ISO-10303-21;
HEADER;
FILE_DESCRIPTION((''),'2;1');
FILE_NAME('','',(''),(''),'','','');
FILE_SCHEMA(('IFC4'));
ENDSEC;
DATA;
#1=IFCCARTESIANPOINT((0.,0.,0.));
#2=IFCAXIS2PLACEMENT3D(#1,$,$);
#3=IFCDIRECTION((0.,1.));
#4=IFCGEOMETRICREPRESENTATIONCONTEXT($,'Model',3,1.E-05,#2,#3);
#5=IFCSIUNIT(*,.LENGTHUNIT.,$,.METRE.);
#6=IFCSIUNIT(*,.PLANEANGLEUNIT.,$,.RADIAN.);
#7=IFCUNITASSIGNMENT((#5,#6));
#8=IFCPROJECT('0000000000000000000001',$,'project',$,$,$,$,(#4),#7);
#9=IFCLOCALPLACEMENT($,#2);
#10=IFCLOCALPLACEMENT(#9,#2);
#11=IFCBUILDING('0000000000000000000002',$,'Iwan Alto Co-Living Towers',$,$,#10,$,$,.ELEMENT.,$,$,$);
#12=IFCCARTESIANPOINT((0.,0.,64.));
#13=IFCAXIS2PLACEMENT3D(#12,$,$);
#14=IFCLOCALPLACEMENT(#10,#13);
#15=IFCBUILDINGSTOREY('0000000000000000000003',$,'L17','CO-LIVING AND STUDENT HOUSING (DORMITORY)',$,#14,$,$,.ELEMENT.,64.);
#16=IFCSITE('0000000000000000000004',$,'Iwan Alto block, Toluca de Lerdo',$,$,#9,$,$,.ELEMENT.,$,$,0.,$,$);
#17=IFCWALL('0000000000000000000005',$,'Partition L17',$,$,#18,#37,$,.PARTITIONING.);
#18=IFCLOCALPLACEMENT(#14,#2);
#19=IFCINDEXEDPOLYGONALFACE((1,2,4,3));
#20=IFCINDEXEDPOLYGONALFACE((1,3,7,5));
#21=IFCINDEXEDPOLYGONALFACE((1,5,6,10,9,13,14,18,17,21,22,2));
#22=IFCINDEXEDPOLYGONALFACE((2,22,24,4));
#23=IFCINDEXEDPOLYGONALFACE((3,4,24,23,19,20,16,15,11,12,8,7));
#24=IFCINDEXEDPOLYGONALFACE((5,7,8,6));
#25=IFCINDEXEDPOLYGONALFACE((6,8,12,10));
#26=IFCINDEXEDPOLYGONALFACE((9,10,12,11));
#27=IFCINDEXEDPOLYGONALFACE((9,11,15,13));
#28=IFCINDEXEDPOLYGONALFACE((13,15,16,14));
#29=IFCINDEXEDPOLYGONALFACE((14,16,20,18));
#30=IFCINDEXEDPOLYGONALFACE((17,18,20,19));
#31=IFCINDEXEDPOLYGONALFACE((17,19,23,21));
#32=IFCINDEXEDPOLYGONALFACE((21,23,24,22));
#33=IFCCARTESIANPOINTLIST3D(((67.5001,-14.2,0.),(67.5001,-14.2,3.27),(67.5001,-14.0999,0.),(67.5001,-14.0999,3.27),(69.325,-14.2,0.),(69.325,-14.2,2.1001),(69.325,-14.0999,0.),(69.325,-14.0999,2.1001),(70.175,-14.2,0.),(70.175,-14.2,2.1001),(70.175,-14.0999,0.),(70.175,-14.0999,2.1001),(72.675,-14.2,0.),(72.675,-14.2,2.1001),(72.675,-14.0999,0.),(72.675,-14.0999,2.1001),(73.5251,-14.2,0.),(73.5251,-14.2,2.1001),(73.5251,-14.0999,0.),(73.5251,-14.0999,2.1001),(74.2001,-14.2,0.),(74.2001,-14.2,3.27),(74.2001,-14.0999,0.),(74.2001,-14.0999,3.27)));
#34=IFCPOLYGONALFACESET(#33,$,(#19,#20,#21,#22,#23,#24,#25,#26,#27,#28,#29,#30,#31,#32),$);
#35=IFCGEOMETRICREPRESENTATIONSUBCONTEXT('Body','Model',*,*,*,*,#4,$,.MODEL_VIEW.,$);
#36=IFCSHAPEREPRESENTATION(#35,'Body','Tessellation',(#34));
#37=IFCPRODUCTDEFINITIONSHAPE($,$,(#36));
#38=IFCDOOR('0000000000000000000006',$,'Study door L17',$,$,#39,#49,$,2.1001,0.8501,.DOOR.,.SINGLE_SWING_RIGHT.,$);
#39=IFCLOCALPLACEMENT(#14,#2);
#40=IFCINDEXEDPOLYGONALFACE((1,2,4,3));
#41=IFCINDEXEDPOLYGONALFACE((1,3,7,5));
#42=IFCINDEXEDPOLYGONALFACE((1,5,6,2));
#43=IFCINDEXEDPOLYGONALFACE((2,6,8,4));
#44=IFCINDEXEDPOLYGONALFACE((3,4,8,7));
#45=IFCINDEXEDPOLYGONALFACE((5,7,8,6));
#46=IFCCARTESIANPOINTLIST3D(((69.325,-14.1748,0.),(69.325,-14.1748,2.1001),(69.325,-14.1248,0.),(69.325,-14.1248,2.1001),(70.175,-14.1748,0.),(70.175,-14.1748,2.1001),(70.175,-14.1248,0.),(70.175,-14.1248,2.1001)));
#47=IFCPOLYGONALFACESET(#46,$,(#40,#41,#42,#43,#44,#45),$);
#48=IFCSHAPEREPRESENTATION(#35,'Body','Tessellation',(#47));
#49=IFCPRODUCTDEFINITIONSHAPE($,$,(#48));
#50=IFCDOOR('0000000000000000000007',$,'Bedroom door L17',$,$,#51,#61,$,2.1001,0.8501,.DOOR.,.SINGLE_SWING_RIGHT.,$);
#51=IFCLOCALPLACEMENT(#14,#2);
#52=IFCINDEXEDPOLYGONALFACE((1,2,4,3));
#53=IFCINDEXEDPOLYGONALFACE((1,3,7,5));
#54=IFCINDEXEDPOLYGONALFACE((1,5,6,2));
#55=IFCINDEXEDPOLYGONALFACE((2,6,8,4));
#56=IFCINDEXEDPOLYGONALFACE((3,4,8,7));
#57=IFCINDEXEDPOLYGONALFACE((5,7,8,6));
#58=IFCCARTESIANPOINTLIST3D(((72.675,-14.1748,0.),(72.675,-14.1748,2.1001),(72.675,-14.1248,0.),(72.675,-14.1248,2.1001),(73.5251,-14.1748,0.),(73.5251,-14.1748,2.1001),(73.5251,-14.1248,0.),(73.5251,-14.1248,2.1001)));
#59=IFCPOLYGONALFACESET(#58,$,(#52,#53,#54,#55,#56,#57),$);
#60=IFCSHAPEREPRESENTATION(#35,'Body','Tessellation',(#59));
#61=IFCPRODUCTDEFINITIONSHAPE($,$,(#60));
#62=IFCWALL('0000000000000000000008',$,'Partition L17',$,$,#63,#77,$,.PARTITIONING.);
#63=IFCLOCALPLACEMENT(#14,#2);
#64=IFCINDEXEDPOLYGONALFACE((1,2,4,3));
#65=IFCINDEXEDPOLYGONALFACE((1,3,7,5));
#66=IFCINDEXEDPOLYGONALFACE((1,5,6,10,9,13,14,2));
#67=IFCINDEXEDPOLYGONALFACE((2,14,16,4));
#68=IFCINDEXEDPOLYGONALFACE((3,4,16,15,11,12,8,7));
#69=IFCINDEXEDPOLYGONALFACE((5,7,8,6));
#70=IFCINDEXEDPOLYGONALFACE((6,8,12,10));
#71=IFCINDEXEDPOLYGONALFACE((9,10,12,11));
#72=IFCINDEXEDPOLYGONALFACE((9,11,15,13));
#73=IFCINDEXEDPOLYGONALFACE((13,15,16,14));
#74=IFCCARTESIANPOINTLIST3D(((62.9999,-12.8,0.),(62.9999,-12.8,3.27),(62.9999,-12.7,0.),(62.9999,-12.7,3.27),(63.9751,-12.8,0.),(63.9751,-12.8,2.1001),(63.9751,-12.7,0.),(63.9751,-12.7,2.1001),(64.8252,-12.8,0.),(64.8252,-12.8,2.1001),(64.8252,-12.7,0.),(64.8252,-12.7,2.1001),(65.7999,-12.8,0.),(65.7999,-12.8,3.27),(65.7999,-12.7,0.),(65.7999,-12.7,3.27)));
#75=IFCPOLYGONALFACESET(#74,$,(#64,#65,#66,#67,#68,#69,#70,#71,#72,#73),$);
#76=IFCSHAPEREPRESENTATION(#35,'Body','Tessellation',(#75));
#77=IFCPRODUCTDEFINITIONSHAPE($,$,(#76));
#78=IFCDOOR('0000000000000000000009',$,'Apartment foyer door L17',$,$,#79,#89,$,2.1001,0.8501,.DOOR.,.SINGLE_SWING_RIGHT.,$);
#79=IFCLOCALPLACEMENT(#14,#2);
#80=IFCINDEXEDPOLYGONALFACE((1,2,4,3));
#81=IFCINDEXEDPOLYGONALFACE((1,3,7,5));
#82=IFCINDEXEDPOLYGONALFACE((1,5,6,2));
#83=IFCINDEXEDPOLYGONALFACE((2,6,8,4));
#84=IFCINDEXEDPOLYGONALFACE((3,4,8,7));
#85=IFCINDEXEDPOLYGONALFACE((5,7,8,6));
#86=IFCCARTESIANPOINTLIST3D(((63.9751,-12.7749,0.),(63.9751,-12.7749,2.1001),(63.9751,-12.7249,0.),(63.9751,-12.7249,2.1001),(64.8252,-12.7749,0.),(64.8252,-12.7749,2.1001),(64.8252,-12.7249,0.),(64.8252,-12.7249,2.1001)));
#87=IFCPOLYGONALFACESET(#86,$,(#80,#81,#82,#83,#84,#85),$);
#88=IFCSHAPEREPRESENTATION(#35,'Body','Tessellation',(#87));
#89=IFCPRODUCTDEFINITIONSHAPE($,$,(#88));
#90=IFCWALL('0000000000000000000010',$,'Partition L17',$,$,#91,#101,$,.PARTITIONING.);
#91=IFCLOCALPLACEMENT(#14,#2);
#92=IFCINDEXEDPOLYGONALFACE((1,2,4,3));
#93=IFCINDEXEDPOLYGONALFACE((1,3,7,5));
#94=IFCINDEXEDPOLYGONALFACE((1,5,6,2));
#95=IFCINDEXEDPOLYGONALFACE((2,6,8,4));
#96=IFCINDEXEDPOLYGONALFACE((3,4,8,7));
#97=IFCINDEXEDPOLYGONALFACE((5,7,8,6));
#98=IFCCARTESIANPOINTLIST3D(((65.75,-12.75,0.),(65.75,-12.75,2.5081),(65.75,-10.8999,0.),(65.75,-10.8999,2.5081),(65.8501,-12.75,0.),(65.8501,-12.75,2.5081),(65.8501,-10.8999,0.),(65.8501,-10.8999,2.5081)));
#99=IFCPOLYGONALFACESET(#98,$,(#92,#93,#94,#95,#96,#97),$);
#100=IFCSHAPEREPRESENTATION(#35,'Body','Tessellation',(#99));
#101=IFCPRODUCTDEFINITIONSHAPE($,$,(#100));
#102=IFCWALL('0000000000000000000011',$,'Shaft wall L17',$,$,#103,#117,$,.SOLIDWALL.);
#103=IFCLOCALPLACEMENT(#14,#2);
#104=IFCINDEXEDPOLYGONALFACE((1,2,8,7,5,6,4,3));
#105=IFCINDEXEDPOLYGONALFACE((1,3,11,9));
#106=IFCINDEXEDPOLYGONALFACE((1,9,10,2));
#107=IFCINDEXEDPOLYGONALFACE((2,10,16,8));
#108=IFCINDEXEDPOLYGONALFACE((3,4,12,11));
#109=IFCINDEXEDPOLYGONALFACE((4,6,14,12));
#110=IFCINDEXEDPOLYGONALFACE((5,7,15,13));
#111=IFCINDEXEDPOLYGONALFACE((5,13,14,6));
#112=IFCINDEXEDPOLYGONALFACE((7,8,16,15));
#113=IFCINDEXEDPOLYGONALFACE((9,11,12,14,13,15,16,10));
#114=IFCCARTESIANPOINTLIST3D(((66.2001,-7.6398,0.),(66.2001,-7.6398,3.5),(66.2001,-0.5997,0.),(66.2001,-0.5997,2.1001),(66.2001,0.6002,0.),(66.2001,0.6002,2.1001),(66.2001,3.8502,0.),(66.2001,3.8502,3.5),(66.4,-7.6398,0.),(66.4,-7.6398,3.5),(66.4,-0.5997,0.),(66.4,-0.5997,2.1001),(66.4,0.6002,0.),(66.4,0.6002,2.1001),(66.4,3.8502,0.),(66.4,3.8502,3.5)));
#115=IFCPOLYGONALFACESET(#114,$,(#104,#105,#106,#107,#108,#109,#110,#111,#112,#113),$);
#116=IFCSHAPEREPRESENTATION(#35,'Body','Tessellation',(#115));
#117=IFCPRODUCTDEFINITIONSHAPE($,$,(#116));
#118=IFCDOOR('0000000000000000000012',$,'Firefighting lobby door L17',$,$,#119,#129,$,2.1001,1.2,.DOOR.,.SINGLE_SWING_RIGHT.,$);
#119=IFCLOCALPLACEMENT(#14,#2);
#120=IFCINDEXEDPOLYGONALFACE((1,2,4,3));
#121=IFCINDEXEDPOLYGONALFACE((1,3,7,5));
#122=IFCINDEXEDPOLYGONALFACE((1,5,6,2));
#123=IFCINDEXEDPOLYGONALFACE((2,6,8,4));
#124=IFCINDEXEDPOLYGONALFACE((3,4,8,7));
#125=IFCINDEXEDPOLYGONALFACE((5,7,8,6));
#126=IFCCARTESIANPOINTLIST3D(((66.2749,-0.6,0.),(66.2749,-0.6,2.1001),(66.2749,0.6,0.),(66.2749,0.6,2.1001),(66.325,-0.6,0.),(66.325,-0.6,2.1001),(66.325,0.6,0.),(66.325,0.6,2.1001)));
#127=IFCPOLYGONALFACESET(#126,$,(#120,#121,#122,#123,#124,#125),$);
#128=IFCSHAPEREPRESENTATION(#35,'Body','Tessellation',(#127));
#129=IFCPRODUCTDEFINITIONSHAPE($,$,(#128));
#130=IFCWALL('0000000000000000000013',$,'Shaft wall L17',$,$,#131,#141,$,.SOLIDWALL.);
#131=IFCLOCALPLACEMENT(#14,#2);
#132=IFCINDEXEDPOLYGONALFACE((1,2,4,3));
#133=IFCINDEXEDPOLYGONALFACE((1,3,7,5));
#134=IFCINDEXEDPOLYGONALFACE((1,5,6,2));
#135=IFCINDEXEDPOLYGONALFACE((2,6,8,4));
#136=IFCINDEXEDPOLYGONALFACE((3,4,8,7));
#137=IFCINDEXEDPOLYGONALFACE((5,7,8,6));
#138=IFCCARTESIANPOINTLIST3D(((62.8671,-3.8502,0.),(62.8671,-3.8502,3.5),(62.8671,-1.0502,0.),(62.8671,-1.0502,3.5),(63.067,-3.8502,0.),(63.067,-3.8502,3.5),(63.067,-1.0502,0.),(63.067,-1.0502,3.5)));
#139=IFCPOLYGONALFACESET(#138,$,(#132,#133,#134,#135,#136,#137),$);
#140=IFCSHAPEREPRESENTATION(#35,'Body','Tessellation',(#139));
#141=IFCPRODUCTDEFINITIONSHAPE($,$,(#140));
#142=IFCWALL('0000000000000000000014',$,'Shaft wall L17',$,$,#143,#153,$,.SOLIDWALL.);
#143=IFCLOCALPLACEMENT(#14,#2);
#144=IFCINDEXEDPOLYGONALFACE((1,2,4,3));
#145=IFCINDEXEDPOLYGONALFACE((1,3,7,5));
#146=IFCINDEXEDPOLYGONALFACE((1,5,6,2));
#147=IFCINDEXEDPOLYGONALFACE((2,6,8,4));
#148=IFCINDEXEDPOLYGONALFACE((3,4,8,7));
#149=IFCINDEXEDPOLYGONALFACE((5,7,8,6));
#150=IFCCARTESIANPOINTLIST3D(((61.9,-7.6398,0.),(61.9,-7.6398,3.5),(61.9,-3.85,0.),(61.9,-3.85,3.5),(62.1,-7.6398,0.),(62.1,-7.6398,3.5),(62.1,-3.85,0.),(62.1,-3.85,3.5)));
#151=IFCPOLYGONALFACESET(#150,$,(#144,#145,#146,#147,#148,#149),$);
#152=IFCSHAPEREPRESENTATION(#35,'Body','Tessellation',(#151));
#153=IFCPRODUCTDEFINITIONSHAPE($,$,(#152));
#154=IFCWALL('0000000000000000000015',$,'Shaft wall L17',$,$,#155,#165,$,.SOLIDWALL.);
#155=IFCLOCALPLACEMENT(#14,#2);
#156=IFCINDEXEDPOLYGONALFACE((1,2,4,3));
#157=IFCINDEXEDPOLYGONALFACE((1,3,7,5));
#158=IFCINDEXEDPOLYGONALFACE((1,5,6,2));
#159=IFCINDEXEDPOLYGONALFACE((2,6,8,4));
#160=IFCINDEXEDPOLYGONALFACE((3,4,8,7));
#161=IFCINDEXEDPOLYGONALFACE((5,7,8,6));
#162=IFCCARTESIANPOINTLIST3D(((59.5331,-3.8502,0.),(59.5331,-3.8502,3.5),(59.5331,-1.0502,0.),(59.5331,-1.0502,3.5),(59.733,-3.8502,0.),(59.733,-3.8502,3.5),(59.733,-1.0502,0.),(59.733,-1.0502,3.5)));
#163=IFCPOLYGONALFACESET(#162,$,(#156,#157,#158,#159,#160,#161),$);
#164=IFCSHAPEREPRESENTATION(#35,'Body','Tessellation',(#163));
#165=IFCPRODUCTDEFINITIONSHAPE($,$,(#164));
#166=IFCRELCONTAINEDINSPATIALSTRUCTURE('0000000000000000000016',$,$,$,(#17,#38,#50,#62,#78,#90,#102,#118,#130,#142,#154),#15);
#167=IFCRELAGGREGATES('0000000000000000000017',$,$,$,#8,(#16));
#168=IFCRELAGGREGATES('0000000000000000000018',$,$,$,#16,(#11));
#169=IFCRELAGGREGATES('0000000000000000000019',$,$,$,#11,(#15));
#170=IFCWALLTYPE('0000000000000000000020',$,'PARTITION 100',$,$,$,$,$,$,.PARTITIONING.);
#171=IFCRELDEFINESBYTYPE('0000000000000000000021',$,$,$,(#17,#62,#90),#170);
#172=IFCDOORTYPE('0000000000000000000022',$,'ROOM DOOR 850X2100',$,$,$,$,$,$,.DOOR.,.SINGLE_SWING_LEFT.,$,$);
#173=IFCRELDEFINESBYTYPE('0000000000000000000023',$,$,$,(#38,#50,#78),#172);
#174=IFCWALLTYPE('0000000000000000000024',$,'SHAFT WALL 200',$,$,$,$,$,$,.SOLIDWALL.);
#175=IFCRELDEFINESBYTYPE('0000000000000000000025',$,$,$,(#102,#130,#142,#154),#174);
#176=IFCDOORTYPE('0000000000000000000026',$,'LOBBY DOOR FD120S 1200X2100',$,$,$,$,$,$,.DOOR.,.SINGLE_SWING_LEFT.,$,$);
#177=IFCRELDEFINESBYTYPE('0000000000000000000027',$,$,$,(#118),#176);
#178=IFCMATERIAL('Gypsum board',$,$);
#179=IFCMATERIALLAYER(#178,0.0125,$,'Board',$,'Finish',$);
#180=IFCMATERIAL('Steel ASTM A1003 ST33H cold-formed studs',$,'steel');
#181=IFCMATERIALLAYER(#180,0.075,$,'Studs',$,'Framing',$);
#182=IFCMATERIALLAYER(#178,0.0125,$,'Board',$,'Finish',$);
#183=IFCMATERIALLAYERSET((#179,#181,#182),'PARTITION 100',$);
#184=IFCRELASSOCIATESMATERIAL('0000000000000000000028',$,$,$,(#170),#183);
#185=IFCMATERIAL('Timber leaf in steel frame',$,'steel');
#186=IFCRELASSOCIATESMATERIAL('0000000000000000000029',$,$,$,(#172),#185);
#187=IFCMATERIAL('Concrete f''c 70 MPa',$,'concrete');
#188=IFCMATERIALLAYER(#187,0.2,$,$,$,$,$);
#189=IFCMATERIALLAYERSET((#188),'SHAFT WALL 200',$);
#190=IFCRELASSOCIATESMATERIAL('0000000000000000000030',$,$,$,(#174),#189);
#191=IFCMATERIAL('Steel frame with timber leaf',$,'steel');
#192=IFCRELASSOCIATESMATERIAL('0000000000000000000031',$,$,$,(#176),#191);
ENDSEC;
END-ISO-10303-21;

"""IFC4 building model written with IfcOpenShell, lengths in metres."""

from ifc_helpers import new_model, si_unit, direction, frame, frame_2d, origin, place, context, subcontext, project, spatial, rectangle, extrude, material, layer, layer_set, type_object, element, fill, save


model = new_model("IFC4")

# Units and contexts
model_context = context("Model", 3, precision=1e-05, world=origin(), true_north=direction((0.0, 1.0)))
body_context = subcontext(model_context, "Body", "Model", "MODEL_VIEW")
ifc_project = project(units=[si_unit("LENGTHUNIT", "METRE"), si_unit("PLANEANGLEUNIT", "RADIAN")], contexts=[model_context])

# Site, building, storey
site_placement = place(None, origin())
site = spatial("IfcSite", under=ifc_project, at=site_placement, Name="Iwan Alto block, Toluca de Lerdo", CompositionType="ELEMENT", RefElevation=0.0)
building_placement = place(site_placement, origin())
building = spatial("IfcBuilding", under=site, at=building_placement, Name="Iwan Alto Co-Living Towers", CompositionType="ELEMENT")
storey_placement = place(building_placement, frame((0.0, 0.0, 64.0)))
storey = spatial("IfcBuildingStorey", under=building, at=storey_placement, Name="L17", Description="CO-LIVING AND STUDENT HOUSING (DORMITORY)", CompositionType="ELEMENT", Elevation=64.0)

# Shared definitions
ifc_material_1 = material(Name="Gypsum board")
ifc_material_2 = material(Name="Steel ASTM A1003 ST33H cold-formed studs", Category="steel")

# Wall, openings, doors
ifc_layer_1 = layer(ifc_material_1, 0.0125, Name="Board", Category="Finish")
ifc_layer_2 = layer(ifc_material_2, 0.075, Name="Studs", Category="Framing")
ifc_layer_3 = layer(ifc_material_1, 0.0125, Name="Board", Category="Finish")
ifc_layer_set_1 = layer_set([ifc_layer_1, ifc_layer_2, ifc_layer_3], Name="PARTITION 100")
wall_type_1 = type_object("IfcWallType", Name="PARTITION 100", PredefinedType="PARTITIONING", material=ifc_layer_set_1)
wall_1_placement = place(storey_placement, frame((67.5, -14.1499, 0.0), z_axis=(0.0, 0.0, 1.0), x_axis=(1.0, 0.0, 0.0)))
wall_1 = element("IfcWall", 1, at=wall_1_placement, inside=storey, type_object=wall_type_1, Name="Partition L17", PredefinedType="PARTITIONING", context=body_context, shape_type="SweptSolid", body=[
    extrude(rectangle(XDim=6.7, YDim=0.1001, at=frame_2d((3.3501, 0.0))), origin(), (0.0, 0.0, 1.0), 3.27),
])
opening_1_placement = place(wall_1_placement, frame((1.825, 0.0, 0.0)))
opening_1 = element("IfcOpeningElement", 2, at=opening_1_placement, cuts=wall_1, PredefinedType="OPENING", context=body_context, shape_type="SweptSolid", body=[
    extrude(rectangle(XDim=0.8501, YDim=2.1001, at=frame_2d((0.425, 1.05))), frame((0.0, 0.0601, 0.0), z_axis=(0.0, -1.0, 0.0), x_axis=(1.0, 0.0, 0.0)), (0.0, 0.0, 1.0), 0.1201),
])
opening_2_placement = place(wall_1_placement, frame((5.175, 0.0, 0.0)))
opening_2 = element("IfcOpeningElement", 3, at=opening_2_placement, cuts=wall_1, PredefinedType="OPENING", context=body_context, shape_type="SweptSolid", body=[
    extrude(rectangle(XDim=0.8501, YDim=2.1001, at=frame_2d((0.425, 1.05))), frame((0.0, 0.0601, 0.0), z_axis=(0.0, -1.0, 0.0), x_axis=(1.0, 0.0, 0.0)), (0.0, 0.0, 1.0), 0.1201),
])
ifc_material_3 = material(Name="Timber leaf in steel frame", Category="steel")
door_type_1 = type_object("IfcDoorType", Name="ROOM DOOR 850X2100", OperationType="SINGLE_SWING_LEFT", PredefinedType="DOOR", material=ifc_material_3)
door_1_placement = place(opening_1_placement, frame((0.8501, 0.0, 0.0), z_axis=(0.0, 0.0, 1.0), x_axis=(-1.0, 0.0, 0.0)))
door_1 = element("IfcDoor", 4, at=door_1_placement, inside=storey, type_object=door_type_1, Name="Study door L17", OperationType="SINGLE_SWING_RIGHT", OverallHeight=2.1001, OverallWidth=0.8501, PredefinedType="DOOR", context=body_context, shape_type="SweptSolid", body=[
    extrude(rectangle(XDim=0.8501, YDim=2.1001, at=frame_2d((0.425, 1.05))), frame((0.0, 0.0249, 0.0), z_axis=(0.0, -1.0, 0.0), x_axis=(1.0, 0.0, 0.0)), (0.0, 0.0, 1.0), 0.05),
])
fill(opening_1, door_1)
door_2_placement = place(opening_2_placement, frame((0.8501, 0.0, 0.0), z_axis=(0.0, 0.0, 1.0), x_axis=(-1.0, 0.0, 0.0)))
door_2 = element("IfcDoor", 5, at=door_2_placement, inside=storey, type_object=door_type_1, Name="Bedroom door L17", OperationType="SINGLE_SWING_RIGHT", OverallHeight=2.1001, OverallWidth=0.8501, PredefinedType="DOOR", context=body_context, shape_type="SweptSolid", body=[
    extrude(rectangle(XDim=0.8501, YDim=2.1001, at=frame_2d((0.425, 1.05))), frame((0.0, 0.0249, 0.0), z_axis=(0.0, -1.0, 0.0), x_axis=(1.0, 0.0, 0.0)), (0.0, 0.0, 1.0), 0.05),
])
fill(opening_2, door_2)

# Wall, opening, door
wall_2_placement = place(storey_placement, frame((63.0, -12.75, 0.0), z_axis=(0.0, 0.0, 1.0), x_axis=(1.0, 0.0, 0.0)))
wall_2 = element("IfcWall", 6, at=wall_2_placement, inside=storey, type_object=wall_type_1, Name="Partition L17", PredefinedType="PARTITIONING", context=body_context, shape_type="SweptSolid", body=[
    extrude(rectangle(XDim=2.8, YDim=0.1001, at=frame_2d((1.3999, 0.0))), origin(), (0.0, 0.0, 1.0), 3.27),
])
opening_3_placement = place(wall_2_placement, frame((0.9751, 0.0, 0.0)))
opening_3 = element("IfcOpeningElement", 7, at=opening_3_placement, cuts=wall_2, PredefinedType="OPENING", context=body_context, shape_type="SweptSolid", body=[
    extrude(rectangle(XDim=0.8501, YDim=2.1001, at=frame_2d((0.425, 1.05))), frame((0.0, 0.0601, 0.0), z_axis=(0.0, -1.0, 0.0), x_axis=(1.0, 0.0, 0.0)), (0.0, 0.0, 1.0), 0.1201),
])
door_3_placement = place(opening_3_placement, frame((0.8501, 0.0, 0.0), z_axis=(0.0, 0.0, 1.0), x_axis=(-1.0, 0.0, 0.0)))
door_3 = element("IfcDoor", 8, at=door_3_placement, inside=storey, type_object=door_type_1, Name="Apartment foyer door L17", OperationType="SINGLE_SWING_RIGHT", OverallHeight=2.1001, OverallWidth=0.8501, PredefinedType="DOOR", context=body_context, shape_type="SweptSolid", body=[
    extrude(rectangle(XDim=0.8501, YDim=2.1001, at=frame_2d((0.425, 1.05))), frame((0.0, 0.0249, 0.0), z_axis=(0.0, -1.0, 0.0), x_axis=(1.0, 0.0, 0.0)), (0.0, 0.0, 1.0), 0.05),
])
fill(opening_3, door_3)

# Wall
wall_3_placement = place(storey_placement, frame((65.8, -12.75, 0.0), z_axis=(0.0, 0.0, 1.0), x_axis=(0.0, 1.0, 0.0)))
element("IfcWall", 9, at=wall_3_placement, inside=storey, type_object=wall_type_1, Name="Partition L17", PredefinedType="PARTITIONING", context=body_context, shape_type="SweptSolid", body=[
    extrude(rectangle(XDim=1.8501, YDim=0.1001, at=frame_2d((0.925, 0.0))), origin(), (0.0, 0.0, 1.0), 2.5081),
])

# Wall, opening, door
ifc_material_4 = material(Name="Concrete f'c 70 MPa", Category="concrete")
ifc_layer_4 = layer(ifc_material_4, 0.2)
ifc_layer_set_2 = layer_set([ifc_layer_4], Name="SHAFT WALL 200")
wall_type_2 = type_object("IfcWallType", Name="SHAFT WALL 200", PredefinedType="SOLIDWALL", material=ifc_layer_set_2)
wall_4_placement = place(storey_placement, frame((66.3, -7.6399, 0.0), z_axis=(0.0, 0.0, 1.0), x_axis=(0.0, 1.0, 0.0)))
wall_4 = element("IfcWall", 10, at=wall_4_placement, inside=storey, type_object=wall_type_2, Name="Shaft wall L17", PredefinedType="SOLIDWALL", context=body_context, shape_type="SweptSolid", body=[
    extrude(rectangle(XDim=11.49, YDim=0.2, at=frame_2d((5.7451, 0.0))), origin(), (0.0, 0.0, 1.0), 3.5),
])
opening_4_placement = place(wall_4_placement, frame((7.04, 0.0, 0.0)))
opening_4 = element("IfcOpeningElement", 11, at=opening_4_placement, cuts=wall_4, PredefinedType="OPENING", context=body_context, shape_type="SweptSolid", body=[
    extrude(rectangle(XDim=1.2, YDim=2.1001, at=frame_2d((0.6001, 1.05))), frame((0.0, 0.1099, 0.0), z_axis=(0.0, -1.0, 0.0), x_axis=(1.0, 0.0, 0.0)), (0.0, 0.0, 1.0), 0.22),
])
ifc_material_5 = material(Name="Steel frame with timber leaf", Category="steel")
door_type_2 = type_object("IfcDoorType", Name="LOBBY DOOR FD120S 1200X2100", OperationType="SINGLE_SWING_LEFT", PredefinedType="DOOR", material=ifc_material_5)
door_4_placement = place(opening_4_placement, frame((1.2, 0.0, 0.0), z_axis=(0.0, 0.0, 1.0), x_axis=(-1.0, 0.0, 0.0)))
door_4 = element("IfcDoor", 12, at=door_4_placement, inside=storey, type_object=door_type_2, Name="Firefighting lobby door L17", OperationType="SINGLE_SWING_RIGHT", OverallHeight=2.1001, OverallWidth=1.2, PredefinedType="DOOR", context=body_context, shape_type="SweptSolid", body=[
    extrude(rectangle(XDim=1.2, YDim=2.1001, at=frame_2d((0.6001, 1.05))), frame((0.0, 0.0249, 0.0), z_axis=(0.0, -1.0, 0.0), x_axis=(1.0, 0.0, 0.0)), (0.0, 0.0, 1.0), 0.05),
])
fill(opening_4, door_4)

# Walls
wall_5_placement = place(storey_placement, frame((62.967, -3.8501, 0.0), z_axis=(0.0, 0.0, 1.0), x_axis=(0.0, 1.0, 0.0)))
element("IfcWall", 13, at=wall_5_placement, inside=storey, type_object=wall_type_2, Name="Shaft wall L17", PredefinedType="SOLIDWALL", context=body_context, shape_type="SweptSolid", body=[
    extrude(rectangle(XDim=2.8, YDim=0.2, at=frame_2d((1.3999, 0.0))), origin(), (0.0, 0.0, 1.0), 3.5),
])
wall_6_placement = place(storey_placement, frame((62.0, -7.6399, 0.0), z_axis=(0.0, 0.0, 1.0), x_axis=(0.0, 1.0, 0.0)))
element("IfcWall", 14, at=wall_6_placement, inside=storey, type_object=wall_type_2, Name="Shaft wall L17", PredefinedType="SOLIDWALL", context=body_context, shape_type="SweptSolid", body=[
    extrude(rectangle(XDim=3.7898, YDim=0.2, at=frame_2d((1.895, 0.0))), origin(), (0.0, 0.0, 1.0), 3.5),
])
wall_7_placement = place(storey_placement, frame((59.6331, -3.8501, 0.0), z_axis=(0.0, 0.0, 1.0), x_axis=(0.0, 1.0, 0.0)))
element("IfcWall", 15, at=wall_7_placement, inside=storey, type_object=wall_type_2, Name="Shaft wall L17", PredefinedType="SOLIDWALL", context=body_context, shape_type="SweptSolid", body=[
    extrude(rectangle(XDim=2.8, YDim=0.2, at=frame_2d((1.3999, 0.0))), origin(), (0.0, 0.0, 1.0), 3.5),
])

save(model, "model.ifc")
